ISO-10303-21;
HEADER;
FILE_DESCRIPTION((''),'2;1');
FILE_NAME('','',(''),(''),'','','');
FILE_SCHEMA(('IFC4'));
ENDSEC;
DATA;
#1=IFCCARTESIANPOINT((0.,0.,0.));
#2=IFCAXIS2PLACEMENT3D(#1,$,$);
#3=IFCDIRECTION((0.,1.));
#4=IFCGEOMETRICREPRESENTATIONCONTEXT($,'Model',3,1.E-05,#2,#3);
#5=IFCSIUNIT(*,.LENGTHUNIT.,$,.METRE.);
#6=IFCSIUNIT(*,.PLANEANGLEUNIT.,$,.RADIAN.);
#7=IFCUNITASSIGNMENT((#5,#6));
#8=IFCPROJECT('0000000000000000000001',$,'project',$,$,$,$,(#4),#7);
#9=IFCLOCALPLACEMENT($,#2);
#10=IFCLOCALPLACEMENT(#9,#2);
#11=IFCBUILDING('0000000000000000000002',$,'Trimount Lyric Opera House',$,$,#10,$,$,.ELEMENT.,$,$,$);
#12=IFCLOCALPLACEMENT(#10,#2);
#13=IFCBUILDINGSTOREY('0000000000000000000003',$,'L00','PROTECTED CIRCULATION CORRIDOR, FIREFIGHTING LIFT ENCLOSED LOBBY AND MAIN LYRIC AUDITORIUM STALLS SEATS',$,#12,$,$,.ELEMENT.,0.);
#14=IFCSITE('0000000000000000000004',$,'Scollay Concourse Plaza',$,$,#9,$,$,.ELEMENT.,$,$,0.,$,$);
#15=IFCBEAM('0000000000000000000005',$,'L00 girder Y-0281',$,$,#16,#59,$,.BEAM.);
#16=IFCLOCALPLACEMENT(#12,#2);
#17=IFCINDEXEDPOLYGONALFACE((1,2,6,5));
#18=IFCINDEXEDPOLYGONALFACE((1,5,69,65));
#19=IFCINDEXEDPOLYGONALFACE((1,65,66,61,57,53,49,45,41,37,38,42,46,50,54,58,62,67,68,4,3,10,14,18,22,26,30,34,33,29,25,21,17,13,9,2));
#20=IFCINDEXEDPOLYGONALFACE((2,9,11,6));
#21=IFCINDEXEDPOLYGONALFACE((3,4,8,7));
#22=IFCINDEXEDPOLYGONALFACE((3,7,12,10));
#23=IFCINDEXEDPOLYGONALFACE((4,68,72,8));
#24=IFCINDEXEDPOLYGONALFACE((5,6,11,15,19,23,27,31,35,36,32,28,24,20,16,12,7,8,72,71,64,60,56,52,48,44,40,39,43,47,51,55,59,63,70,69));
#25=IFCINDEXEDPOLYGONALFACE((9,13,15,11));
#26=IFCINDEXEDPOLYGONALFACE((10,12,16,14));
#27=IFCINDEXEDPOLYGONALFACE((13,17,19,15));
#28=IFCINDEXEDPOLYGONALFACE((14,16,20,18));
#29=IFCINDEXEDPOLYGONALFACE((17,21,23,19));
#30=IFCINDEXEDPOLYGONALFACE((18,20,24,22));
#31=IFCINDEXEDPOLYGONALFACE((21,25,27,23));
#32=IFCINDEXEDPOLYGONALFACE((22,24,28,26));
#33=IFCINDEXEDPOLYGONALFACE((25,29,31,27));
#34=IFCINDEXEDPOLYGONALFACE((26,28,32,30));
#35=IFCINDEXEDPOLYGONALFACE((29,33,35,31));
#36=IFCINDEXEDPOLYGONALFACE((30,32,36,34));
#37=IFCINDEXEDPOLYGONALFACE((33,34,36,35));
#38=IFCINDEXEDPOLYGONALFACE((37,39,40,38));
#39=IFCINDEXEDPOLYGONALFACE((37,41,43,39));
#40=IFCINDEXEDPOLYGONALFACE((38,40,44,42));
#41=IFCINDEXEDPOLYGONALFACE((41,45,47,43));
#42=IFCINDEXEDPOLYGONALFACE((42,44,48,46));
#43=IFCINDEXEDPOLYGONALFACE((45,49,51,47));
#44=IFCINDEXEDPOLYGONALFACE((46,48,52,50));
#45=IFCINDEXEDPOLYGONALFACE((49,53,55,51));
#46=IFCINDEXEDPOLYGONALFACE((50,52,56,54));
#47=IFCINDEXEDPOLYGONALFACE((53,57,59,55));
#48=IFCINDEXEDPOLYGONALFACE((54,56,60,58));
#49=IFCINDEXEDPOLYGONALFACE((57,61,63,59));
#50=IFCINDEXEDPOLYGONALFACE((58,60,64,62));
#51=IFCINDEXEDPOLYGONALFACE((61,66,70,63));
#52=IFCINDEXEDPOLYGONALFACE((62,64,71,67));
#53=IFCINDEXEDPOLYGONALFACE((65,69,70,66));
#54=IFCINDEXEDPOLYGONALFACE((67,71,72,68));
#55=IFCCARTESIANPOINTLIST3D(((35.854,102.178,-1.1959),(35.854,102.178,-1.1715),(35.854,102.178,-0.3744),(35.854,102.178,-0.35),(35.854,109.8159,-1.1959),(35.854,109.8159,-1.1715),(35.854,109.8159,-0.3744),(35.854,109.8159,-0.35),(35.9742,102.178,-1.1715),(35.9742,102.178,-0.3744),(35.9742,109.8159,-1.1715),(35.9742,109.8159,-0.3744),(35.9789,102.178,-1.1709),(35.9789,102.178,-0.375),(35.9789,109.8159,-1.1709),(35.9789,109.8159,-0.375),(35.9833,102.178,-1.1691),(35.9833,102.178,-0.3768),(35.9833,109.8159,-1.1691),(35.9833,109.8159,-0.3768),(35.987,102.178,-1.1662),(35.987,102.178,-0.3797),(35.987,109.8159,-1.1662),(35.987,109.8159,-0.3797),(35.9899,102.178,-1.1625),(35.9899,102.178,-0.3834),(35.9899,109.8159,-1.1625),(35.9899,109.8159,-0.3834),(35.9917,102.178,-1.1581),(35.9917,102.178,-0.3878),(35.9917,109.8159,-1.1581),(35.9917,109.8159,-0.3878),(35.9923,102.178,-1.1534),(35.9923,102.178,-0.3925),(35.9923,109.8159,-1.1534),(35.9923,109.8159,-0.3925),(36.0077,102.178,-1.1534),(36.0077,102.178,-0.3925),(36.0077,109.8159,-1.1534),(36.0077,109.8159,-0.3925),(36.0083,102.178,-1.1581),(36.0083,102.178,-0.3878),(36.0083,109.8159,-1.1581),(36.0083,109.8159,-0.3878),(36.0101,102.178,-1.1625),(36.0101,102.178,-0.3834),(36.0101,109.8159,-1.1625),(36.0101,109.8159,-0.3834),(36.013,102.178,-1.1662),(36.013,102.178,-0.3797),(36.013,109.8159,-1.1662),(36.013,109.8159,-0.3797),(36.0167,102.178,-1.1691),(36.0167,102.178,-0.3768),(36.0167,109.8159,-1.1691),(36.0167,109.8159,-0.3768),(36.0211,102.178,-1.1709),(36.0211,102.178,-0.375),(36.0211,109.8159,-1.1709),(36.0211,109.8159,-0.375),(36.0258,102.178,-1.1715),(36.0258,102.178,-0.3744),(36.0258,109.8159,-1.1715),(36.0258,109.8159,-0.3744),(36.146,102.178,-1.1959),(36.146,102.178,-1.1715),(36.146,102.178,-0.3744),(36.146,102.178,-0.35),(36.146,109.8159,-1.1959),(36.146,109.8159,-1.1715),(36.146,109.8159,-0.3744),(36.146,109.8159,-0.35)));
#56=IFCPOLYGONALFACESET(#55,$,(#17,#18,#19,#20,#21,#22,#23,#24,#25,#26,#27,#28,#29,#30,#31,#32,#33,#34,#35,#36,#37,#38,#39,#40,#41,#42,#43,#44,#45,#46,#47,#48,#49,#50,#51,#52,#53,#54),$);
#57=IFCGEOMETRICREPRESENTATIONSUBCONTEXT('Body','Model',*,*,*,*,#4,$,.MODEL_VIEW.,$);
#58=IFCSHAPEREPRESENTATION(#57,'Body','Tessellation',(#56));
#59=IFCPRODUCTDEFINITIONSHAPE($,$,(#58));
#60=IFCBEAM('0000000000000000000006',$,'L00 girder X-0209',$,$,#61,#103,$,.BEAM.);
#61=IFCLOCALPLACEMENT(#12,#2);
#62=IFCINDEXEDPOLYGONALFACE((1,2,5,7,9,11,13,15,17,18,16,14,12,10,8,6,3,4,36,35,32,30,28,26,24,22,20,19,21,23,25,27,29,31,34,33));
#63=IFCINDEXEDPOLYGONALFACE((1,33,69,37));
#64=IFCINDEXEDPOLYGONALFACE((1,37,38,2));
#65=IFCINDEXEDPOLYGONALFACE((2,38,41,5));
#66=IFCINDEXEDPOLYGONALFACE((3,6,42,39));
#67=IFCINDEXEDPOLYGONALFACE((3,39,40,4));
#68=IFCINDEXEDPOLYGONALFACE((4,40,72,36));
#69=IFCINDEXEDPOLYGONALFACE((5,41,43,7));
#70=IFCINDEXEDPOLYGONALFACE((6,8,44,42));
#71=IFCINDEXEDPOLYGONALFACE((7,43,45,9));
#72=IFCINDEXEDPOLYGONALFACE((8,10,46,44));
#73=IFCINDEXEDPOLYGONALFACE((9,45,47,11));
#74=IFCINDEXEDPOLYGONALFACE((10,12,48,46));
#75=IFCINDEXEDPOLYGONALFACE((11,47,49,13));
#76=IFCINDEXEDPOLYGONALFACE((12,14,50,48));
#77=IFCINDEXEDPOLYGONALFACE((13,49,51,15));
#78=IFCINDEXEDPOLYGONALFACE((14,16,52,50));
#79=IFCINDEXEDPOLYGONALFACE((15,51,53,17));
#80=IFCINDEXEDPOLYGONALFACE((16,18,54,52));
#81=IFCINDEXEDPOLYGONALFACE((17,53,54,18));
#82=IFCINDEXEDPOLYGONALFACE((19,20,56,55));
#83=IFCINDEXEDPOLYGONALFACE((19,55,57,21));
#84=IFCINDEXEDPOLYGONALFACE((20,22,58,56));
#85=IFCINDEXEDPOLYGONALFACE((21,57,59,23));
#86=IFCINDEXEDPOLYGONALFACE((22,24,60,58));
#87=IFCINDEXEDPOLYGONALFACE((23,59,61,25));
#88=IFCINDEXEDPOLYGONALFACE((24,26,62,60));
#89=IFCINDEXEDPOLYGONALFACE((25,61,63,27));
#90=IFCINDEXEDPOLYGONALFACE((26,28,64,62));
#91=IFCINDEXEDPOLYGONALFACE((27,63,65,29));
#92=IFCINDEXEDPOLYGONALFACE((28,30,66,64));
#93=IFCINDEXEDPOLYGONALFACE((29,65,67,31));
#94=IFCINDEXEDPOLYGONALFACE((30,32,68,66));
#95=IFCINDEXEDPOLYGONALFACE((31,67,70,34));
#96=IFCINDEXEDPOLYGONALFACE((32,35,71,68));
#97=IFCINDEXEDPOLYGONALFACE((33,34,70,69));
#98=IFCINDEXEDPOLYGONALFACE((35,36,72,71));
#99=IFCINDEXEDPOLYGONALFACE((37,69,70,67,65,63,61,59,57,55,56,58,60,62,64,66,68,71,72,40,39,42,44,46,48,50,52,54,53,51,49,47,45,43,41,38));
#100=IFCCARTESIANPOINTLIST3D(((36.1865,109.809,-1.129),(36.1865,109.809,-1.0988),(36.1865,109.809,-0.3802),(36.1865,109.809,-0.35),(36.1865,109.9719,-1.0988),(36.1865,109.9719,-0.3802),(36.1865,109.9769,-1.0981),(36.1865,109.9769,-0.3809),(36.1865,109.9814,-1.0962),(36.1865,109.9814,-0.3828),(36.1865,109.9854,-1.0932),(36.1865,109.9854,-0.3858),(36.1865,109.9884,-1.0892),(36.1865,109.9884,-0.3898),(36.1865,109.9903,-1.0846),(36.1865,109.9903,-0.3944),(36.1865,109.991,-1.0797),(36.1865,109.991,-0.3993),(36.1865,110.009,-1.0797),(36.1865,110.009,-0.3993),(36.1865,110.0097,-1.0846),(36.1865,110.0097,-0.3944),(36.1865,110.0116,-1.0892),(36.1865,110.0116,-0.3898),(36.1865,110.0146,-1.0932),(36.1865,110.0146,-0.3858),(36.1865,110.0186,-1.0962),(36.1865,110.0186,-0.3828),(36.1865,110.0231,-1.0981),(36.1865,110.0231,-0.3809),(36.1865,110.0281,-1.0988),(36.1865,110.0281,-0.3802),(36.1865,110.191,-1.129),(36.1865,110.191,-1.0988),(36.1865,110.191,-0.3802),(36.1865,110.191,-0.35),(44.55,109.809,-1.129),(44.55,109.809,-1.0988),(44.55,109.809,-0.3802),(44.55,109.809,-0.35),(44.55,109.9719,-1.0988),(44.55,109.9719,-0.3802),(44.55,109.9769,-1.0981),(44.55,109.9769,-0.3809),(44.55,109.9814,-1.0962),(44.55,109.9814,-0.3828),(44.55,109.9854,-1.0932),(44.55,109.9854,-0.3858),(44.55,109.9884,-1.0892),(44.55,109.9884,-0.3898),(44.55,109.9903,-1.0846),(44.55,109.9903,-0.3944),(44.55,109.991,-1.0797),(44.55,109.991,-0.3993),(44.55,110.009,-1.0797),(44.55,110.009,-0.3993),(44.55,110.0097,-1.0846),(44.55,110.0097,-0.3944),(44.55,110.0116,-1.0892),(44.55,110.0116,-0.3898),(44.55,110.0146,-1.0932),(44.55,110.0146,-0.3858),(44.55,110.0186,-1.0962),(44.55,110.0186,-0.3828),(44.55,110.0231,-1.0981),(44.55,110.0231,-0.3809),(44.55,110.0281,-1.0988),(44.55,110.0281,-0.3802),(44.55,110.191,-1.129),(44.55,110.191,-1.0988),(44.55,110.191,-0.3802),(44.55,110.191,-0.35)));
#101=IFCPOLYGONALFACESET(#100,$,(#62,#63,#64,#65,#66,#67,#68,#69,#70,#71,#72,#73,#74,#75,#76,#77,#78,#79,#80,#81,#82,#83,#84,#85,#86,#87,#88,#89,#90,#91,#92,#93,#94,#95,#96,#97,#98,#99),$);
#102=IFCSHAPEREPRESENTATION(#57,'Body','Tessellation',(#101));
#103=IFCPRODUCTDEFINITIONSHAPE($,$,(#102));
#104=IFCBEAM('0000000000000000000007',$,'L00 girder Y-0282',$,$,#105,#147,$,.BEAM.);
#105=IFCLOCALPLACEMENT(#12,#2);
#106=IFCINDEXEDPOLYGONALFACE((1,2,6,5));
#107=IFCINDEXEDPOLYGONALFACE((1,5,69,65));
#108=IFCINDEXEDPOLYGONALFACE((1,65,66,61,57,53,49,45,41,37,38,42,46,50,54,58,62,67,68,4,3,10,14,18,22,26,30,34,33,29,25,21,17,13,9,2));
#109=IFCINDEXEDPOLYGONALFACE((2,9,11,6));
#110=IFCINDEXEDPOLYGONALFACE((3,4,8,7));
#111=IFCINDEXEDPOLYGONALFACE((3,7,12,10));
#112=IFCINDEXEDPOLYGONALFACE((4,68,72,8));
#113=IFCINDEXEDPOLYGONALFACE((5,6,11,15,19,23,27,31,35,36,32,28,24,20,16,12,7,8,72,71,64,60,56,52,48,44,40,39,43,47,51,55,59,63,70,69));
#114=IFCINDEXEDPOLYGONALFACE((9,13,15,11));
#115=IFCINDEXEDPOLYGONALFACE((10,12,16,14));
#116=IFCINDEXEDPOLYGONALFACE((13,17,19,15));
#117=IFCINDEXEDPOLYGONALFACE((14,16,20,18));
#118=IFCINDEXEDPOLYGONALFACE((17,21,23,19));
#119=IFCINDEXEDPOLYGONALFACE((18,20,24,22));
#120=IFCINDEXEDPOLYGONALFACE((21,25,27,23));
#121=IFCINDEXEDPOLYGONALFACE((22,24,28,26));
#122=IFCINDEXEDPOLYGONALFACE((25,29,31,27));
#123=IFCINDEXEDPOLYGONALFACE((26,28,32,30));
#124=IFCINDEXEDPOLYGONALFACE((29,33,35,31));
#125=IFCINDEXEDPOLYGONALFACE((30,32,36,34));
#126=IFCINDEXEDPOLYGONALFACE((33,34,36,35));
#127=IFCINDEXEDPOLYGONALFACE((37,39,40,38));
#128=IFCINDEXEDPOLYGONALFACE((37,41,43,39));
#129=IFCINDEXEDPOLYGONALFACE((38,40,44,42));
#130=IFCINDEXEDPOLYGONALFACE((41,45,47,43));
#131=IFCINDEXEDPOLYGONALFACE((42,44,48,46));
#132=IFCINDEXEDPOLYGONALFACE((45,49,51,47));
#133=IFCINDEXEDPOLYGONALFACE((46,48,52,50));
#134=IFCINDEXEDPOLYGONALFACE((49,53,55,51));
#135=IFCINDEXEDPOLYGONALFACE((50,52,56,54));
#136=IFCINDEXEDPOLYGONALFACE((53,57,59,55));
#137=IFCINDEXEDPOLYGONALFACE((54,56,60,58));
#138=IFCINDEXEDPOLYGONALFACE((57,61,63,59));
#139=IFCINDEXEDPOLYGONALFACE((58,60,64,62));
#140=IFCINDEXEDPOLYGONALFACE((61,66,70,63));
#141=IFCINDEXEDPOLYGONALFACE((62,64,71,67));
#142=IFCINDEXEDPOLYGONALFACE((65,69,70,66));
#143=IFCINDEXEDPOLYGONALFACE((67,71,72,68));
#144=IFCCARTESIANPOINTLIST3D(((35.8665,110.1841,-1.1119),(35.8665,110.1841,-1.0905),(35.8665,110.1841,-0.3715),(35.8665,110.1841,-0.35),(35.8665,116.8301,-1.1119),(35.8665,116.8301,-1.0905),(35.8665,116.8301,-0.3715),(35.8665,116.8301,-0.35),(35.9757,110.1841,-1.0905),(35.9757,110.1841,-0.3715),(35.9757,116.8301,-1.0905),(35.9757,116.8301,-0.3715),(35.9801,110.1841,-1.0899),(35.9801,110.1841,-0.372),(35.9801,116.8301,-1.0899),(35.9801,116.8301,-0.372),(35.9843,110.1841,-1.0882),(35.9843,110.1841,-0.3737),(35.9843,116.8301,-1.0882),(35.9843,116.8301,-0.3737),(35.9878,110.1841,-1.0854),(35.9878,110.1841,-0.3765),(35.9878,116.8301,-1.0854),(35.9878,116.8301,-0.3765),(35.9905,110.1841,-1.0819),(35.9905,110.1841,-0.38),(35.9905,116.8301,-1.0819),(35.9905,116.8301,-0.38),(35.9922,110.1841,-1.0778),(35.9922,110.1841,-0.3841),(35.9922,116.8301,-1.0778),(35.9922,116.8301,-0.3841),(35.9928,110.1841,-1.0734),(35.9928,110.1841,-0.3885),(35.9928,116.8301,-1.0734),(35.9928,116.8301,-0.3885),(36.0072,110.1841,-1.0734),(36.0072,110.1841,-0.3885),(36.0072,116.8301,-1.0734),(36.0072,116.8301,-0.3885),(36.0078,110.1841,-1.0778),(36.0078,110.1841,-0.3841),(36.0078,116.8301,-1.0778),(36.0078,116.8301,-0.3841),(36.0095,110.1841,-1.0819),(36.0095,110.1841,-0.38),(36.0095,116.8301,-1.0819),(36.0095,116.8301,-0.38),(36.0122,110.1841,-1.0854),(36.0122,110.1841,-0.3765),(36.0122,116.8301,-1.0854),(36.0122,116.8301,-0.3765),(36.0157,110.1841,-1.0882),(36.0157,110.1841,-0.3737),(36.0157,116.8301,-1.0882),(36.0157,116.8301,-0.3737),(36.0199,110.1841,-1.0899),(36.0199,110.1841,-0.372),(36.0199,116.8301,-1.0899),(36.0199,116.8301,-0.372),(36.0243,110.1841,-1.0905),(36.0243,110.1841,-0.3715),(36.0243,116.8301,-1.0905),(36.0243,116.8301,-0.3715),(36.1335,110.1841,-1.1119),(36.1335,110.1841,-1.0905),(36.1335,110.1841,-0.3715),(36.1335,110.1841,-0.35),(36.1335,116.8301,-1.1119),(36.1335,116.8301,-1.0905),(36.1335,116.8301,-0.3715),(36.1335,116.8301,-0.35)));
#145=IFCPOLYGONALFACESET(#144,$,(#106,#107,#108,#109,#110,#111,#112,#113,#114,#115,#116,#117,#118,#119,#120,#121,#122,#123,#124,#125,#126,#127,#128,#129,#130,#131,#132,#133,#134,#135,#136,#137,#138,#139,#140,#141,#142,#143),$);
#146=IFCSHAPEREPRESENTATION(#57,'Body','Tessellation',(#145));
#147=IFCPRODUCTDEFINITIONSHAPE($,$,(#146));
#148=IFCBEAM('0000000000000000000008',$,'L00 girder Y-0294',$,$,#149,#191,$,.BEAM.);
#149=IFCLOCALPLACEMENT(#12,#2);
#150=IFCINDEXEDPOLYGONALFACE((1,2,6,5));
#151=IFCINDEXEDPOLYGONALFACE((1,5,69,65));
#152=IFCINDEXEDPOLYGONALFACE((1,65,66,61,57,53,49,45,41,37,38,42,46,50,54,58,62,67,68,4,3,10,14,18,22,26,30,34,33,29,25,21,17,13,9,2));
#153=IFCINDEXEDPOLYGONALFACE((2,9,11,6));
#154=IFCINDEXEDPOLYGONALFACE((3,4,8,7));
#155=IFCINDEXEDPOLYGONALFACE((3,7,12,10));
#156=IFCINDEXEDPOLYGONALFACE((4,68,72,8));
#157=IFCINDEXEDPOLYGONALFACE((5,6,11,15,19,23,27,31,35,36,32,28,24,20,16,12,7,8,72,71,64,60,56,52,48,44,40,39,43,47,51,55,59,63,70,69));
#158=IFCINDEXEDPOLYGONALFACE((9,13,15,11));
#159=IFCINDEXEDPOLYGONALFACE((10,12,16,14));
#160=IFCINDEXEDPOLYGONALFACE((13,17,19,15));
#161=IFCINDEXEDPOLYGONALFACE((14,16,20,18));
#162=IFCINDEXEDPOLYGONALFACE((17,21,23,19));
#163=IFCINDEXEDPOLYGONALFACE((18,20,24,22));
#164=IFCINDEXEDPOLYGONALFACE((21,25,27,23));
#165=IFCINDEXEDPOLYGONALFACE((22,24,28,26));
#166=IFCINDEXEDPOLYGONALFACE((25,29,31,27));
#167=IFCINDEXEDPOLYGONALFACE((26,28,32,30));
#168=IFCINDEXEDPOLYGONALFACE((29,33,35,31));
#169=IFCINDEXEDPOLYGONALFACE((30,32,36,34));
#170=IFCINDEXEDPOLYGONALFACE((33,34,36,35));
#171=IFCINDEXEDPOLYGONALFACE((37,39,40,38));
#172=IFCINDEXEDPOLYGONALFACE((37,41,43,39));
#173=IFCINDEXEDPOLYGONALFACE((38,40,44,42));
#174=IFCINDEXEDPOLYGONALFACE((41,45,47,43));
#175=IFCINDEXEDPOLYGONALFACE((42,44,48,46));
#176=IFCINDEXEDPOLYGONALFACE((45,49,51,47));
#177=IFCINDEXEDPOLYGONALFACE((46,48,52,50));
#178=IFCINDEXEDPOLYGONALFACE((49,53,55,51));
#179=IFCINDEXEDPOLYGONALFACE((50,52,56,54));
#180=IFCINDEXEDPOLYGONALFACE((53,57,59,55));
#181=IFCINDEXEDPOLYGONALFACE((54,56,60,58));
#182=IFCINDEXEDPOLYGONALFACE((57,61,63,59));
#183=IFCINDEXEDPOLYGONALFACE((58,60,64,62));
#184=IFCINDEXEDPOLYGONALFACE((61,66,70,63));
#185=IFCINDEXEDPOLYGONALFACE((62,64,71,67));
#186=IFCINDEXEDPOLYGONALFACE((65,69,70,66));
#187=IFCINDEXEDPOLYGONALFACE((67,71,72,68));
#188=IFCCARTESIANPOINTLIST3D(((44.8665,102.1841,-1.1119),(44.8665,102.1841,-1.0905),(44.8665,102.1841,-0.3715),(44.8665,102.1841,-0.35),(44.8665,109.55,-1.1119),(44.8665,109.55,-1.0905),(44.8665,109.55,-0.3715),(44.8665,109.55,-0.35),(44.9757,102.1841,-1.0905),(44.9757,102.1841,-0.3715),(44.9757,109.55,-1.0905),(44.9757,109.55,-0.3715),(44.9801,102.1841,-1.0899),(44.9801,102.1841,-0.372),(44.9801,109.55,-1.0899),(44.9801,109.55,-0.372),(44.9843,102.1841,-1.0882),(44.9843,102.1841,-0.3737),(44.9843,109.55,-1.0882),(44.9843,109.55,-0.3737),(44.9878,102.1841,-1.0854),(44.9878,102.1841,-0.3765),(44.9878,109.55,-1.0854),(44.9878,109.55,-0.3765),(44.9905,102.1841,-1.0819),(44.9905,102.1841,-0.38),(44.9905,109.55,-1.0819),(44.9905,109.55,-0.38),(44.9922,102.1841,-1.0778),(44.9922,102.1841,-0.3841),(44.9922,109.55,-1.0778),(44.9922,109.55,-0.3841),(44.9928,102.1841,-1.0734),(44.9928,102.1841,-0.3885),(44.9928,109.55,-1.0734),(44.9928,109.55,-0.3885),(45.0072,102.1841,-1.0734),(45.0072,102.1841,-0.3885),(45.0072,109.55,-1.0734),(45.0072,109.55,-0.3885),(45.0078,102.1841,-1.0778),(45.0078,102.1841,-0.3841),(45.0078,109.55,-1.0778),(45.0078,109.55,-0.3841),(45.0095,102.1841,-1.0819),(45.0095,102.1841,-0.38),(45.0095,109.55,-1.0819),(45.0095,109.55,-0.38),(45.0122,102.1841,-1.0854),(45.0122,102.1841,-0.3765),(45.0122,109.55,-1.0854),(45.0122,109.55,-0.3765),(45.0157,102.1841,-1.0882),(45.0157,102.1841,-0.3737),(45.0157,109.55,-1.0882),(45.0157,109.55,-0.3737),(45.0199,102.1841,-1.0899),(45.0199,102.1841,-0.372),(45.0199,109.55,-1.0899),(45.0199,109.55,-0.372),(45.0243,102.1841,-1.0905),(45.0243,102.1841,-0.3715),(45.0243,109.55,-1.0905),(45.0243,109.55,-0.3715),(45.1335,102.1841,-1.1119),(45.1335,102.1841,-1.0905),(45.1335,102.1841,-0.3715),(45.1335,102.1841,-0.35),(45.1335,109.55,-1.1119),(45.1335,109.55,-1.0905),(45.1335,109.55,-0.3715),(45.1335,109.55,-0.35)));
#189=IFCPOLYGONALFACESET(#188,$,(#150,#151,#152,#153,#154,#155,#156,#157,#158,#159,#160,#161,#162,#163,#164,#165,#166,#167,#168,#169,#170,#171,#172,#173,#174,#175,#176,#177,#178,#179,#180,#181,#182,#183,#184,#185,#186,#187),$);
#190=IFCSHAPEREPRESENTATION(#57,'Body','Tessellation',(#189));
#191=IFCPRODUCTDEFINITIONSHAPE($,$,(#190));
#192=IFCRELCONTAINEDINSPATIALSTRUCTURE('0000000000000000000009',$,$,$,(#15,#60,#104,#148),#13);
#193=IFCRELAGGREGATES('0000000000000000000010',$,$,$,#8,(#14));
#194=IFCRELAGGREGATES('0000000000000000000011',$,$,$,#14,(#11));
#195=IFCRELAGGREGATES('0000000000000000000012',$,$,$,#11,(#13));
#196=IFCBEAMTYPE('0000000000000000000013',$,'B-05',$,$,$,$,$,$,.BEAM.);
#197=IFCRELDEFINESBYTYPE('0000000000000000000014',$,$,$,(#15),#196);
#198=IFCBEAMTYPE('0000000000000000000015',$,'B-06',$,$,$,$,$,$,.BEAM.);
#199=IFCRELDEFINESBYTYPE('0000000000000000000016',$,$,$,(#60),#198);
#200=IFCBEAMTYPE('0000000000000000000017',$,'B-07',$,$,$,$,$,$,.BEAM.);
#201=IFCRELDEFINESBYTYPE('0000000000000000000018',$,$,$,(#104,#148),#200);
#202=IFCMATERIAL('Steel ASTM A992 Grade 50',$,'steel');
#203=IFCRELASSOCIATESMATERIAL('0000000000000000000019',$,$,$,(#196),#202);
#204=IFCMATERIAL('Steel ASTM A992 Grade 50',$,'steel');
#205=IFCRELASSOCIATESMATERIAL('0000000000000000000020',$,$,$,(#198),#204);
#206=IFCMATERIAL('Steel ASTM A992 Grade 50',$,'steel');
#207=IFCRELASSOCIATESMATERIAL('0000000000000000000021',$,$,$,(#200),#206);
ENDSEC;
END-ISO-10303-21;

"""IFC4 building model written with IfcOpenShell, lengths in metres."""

from ifc_helpers import new_model, si_unit, direction, frame, origin, origin_2d, place, context, subcontext, project, spatial, i_section, extrude, material, material_profile, profile_set, type_object, element, save


model = new_model("IFC4")

# Units and contexts
model_context = context("Model", 3, precision=1e-05, world=origin(), true_north=direction((0.0, 1.0)))
body_context = subcontext(model_context, "Body", "Model", "MODEL_VIEW")
ifc_project = project(units=[si_unit("LENGTHUNIT", "METRE"), si_unit("PLANEANGLEUNIT", "RADIAN")], contexts=[model_context])

# Site, building, storey
site_placement = place(None, origin())
site = spatial("IfcSite", under=ifc_project, at=site_placement, Name="Scollay Concourse Plaza", CompositionType="ELEMENT", RefElevation=0.0)
building_placement = place(site_placement, origin())
building = spatial("IfcBuilding", under=site, at=building_placement, Name="Trimount Lyric Opera House", CompositionType="ELEMENT")
storey_placement = place(building_placement, origin())
storey = spatial("IfcBuildingStorey", under=building, at=storey_placement, Name="L00", Description="PROTECTED CIRCULATION CORRIDOR, FIREFIGHTING LIFT ENCLOSED LOBBY AND MAIN LYRIC AUDITORIUM STALLS SEATS", CompositionType="ELEMENT", Elevation=0.0)

# Beams
ifc_material_1 = material(Name="Steel ASTM A992 Grade 50", Category="steel")
ifc_material_profile_1 = material_profile(ifc_material_1, i_section(OverallWidth=0.292, OverallDepth=0.8459, WebThickness=0.0154, FlangeThickness=0.0244, FilletRadius=0.0181, at=origin_2d()), Name="W33X141")
ifc_profile_set_1 = profile_set([ifc_material_profile_1], Name="Steel ASTM A992 Grade 50")
beam_type_1 = type_object("IfcBeamType", Name="B-05", PredefinedType="BEAM", material=ifc_profile_set_1)
beam_1_placement = place(storey_placement, frame((36.0, 102.178, -0.7729), z_axis=(0.0, 1.0, 0.0), x_axis=(-1.0, 0.0, 0.0)))
element("IfcBeam", 1, at=beam_1_placement, inside=storey, type_object=beam_type_1, Name="L00 girder Y-0281", PredefinedType="BEAM", context=body_context, shape_type="SweptSolid", body=[
    extrude(i_section(OverallWidth=0.292, OverallDepth=0.8459, WebThickness=0.0154, FlangeThickness=0.0244, FilletRadius=0.0181, at=origin_2d()), origin(), (0.0, 0.0, 1.0), 7.6379),
])
ifc_material_2 = material(Name="Steel ASTM A992 Grade 50", Category="steel")
ifc_material_profile_2 = material_profile(ifc_material_2, i_section(OverallWidth=0.3821, OverallDepth=0.7791, WebThickness=0.0181, FlangeThickness=0.0303, FilletRadius=0.019, at=origin_2d()), Name="W30X191")
ifc_profile_set_2 = profile_set([ifc_material_profile_2], Name="Steel ASTM A992 Grade 50")
beam_type_2 = type_object("IfcBeamType", Name="B-06", PredefinedType="BEAM", material=ifc_profile_set_2)
beam_2_placement = place(storey_placement, frame((36.1865, 110.0, -0.7395), z_axis=(1.0, 0.0, 0.0), x_axis=(0.0, 1.0, 0.0)))
element("IfcBeam", 2, at=beam_2_placement, inside=storey, type_object=beam_type_2, Name="L00 girder X-0209", PredefinedType="BEAM", context=body_context, shape_type="SweptSolid", body=[
    extrude(i_section(OverallWidth=0.3821, OverallDepth=0.7791, WebThickness=0.0181, FlangeThickness=0.0303, FilletRadius=0.019, at=origin_2d()), origin(), (0.0, 0.0, 1.0), 8.3635),
])
ifc_material_3 = material(Name="Steel ASTM A992 Grade 50", Category="steel")
ifc_material_profile_3 = material_profile(ifc_material_3, i_section(OverallWidth=0.2671, OverallDepth=0.762, WebThickness=0.0144, FlangeThickness=0.0215, FilletRadius=0.0171, at=origin_2d()), Name="W30X116")
ifc_profile_set_3 = profile_set([ifc_material_profile_3], Name="Steel ASTM A992 Grade 50")
beam_type_3 = type_object("IfcBeamType", Name="B-07", PredefinedType="BEAM", material=ifc_profile_set_3)
beam_3_placement = place(storey_placement, frame((36.0, 110.1841, -0.731), z_axis=(0.0, 1.0, 0.0), x_axis=(-1.0, 0.0, 0.0)))
element("IfcBeam", 3, at=beam_3_placement, inside=storey, type_object=beam_type_3, Name="L00 girder Y-0282", PredefinedType="BEAM", context=body_context, shape_type="SweptSolid", body=[
    extrude(i_section(OverallWidth=0.2671, OverallDepth=0.762, WebThickness=0.0144, FlangeThickness=0.0215, FilletRadius=0.0171, at=origin_2d()), origin(), (0.0, 0.0, 1.0), 6.646),
])
beam_4_placement = place(storey_placement, frame((45.0, 102.1841, -0.731), z_axis=(0.0, 1.0, 0.0), x_axis=(-1.0, 0.0, 0.0)))
element("IfcBeam", 4, at=beam_4_placement, inside=storey, type_object=beam_type_3, Name="L00 girder Y-0294", PredefinedType="BEAM", context=body_context, shape_type="SweptSolid", body=[
    extrude(i_section(OverallWidth=0.2671, OverallDepth=0.762, WebThickness=0.0144, FlangeThickness=0.0215, FilletRadius=0.0171, at=origin_2d()), origin(), (0.0, 0.0, 1.0), 7.366),
])

save(model, "model.ifc")
